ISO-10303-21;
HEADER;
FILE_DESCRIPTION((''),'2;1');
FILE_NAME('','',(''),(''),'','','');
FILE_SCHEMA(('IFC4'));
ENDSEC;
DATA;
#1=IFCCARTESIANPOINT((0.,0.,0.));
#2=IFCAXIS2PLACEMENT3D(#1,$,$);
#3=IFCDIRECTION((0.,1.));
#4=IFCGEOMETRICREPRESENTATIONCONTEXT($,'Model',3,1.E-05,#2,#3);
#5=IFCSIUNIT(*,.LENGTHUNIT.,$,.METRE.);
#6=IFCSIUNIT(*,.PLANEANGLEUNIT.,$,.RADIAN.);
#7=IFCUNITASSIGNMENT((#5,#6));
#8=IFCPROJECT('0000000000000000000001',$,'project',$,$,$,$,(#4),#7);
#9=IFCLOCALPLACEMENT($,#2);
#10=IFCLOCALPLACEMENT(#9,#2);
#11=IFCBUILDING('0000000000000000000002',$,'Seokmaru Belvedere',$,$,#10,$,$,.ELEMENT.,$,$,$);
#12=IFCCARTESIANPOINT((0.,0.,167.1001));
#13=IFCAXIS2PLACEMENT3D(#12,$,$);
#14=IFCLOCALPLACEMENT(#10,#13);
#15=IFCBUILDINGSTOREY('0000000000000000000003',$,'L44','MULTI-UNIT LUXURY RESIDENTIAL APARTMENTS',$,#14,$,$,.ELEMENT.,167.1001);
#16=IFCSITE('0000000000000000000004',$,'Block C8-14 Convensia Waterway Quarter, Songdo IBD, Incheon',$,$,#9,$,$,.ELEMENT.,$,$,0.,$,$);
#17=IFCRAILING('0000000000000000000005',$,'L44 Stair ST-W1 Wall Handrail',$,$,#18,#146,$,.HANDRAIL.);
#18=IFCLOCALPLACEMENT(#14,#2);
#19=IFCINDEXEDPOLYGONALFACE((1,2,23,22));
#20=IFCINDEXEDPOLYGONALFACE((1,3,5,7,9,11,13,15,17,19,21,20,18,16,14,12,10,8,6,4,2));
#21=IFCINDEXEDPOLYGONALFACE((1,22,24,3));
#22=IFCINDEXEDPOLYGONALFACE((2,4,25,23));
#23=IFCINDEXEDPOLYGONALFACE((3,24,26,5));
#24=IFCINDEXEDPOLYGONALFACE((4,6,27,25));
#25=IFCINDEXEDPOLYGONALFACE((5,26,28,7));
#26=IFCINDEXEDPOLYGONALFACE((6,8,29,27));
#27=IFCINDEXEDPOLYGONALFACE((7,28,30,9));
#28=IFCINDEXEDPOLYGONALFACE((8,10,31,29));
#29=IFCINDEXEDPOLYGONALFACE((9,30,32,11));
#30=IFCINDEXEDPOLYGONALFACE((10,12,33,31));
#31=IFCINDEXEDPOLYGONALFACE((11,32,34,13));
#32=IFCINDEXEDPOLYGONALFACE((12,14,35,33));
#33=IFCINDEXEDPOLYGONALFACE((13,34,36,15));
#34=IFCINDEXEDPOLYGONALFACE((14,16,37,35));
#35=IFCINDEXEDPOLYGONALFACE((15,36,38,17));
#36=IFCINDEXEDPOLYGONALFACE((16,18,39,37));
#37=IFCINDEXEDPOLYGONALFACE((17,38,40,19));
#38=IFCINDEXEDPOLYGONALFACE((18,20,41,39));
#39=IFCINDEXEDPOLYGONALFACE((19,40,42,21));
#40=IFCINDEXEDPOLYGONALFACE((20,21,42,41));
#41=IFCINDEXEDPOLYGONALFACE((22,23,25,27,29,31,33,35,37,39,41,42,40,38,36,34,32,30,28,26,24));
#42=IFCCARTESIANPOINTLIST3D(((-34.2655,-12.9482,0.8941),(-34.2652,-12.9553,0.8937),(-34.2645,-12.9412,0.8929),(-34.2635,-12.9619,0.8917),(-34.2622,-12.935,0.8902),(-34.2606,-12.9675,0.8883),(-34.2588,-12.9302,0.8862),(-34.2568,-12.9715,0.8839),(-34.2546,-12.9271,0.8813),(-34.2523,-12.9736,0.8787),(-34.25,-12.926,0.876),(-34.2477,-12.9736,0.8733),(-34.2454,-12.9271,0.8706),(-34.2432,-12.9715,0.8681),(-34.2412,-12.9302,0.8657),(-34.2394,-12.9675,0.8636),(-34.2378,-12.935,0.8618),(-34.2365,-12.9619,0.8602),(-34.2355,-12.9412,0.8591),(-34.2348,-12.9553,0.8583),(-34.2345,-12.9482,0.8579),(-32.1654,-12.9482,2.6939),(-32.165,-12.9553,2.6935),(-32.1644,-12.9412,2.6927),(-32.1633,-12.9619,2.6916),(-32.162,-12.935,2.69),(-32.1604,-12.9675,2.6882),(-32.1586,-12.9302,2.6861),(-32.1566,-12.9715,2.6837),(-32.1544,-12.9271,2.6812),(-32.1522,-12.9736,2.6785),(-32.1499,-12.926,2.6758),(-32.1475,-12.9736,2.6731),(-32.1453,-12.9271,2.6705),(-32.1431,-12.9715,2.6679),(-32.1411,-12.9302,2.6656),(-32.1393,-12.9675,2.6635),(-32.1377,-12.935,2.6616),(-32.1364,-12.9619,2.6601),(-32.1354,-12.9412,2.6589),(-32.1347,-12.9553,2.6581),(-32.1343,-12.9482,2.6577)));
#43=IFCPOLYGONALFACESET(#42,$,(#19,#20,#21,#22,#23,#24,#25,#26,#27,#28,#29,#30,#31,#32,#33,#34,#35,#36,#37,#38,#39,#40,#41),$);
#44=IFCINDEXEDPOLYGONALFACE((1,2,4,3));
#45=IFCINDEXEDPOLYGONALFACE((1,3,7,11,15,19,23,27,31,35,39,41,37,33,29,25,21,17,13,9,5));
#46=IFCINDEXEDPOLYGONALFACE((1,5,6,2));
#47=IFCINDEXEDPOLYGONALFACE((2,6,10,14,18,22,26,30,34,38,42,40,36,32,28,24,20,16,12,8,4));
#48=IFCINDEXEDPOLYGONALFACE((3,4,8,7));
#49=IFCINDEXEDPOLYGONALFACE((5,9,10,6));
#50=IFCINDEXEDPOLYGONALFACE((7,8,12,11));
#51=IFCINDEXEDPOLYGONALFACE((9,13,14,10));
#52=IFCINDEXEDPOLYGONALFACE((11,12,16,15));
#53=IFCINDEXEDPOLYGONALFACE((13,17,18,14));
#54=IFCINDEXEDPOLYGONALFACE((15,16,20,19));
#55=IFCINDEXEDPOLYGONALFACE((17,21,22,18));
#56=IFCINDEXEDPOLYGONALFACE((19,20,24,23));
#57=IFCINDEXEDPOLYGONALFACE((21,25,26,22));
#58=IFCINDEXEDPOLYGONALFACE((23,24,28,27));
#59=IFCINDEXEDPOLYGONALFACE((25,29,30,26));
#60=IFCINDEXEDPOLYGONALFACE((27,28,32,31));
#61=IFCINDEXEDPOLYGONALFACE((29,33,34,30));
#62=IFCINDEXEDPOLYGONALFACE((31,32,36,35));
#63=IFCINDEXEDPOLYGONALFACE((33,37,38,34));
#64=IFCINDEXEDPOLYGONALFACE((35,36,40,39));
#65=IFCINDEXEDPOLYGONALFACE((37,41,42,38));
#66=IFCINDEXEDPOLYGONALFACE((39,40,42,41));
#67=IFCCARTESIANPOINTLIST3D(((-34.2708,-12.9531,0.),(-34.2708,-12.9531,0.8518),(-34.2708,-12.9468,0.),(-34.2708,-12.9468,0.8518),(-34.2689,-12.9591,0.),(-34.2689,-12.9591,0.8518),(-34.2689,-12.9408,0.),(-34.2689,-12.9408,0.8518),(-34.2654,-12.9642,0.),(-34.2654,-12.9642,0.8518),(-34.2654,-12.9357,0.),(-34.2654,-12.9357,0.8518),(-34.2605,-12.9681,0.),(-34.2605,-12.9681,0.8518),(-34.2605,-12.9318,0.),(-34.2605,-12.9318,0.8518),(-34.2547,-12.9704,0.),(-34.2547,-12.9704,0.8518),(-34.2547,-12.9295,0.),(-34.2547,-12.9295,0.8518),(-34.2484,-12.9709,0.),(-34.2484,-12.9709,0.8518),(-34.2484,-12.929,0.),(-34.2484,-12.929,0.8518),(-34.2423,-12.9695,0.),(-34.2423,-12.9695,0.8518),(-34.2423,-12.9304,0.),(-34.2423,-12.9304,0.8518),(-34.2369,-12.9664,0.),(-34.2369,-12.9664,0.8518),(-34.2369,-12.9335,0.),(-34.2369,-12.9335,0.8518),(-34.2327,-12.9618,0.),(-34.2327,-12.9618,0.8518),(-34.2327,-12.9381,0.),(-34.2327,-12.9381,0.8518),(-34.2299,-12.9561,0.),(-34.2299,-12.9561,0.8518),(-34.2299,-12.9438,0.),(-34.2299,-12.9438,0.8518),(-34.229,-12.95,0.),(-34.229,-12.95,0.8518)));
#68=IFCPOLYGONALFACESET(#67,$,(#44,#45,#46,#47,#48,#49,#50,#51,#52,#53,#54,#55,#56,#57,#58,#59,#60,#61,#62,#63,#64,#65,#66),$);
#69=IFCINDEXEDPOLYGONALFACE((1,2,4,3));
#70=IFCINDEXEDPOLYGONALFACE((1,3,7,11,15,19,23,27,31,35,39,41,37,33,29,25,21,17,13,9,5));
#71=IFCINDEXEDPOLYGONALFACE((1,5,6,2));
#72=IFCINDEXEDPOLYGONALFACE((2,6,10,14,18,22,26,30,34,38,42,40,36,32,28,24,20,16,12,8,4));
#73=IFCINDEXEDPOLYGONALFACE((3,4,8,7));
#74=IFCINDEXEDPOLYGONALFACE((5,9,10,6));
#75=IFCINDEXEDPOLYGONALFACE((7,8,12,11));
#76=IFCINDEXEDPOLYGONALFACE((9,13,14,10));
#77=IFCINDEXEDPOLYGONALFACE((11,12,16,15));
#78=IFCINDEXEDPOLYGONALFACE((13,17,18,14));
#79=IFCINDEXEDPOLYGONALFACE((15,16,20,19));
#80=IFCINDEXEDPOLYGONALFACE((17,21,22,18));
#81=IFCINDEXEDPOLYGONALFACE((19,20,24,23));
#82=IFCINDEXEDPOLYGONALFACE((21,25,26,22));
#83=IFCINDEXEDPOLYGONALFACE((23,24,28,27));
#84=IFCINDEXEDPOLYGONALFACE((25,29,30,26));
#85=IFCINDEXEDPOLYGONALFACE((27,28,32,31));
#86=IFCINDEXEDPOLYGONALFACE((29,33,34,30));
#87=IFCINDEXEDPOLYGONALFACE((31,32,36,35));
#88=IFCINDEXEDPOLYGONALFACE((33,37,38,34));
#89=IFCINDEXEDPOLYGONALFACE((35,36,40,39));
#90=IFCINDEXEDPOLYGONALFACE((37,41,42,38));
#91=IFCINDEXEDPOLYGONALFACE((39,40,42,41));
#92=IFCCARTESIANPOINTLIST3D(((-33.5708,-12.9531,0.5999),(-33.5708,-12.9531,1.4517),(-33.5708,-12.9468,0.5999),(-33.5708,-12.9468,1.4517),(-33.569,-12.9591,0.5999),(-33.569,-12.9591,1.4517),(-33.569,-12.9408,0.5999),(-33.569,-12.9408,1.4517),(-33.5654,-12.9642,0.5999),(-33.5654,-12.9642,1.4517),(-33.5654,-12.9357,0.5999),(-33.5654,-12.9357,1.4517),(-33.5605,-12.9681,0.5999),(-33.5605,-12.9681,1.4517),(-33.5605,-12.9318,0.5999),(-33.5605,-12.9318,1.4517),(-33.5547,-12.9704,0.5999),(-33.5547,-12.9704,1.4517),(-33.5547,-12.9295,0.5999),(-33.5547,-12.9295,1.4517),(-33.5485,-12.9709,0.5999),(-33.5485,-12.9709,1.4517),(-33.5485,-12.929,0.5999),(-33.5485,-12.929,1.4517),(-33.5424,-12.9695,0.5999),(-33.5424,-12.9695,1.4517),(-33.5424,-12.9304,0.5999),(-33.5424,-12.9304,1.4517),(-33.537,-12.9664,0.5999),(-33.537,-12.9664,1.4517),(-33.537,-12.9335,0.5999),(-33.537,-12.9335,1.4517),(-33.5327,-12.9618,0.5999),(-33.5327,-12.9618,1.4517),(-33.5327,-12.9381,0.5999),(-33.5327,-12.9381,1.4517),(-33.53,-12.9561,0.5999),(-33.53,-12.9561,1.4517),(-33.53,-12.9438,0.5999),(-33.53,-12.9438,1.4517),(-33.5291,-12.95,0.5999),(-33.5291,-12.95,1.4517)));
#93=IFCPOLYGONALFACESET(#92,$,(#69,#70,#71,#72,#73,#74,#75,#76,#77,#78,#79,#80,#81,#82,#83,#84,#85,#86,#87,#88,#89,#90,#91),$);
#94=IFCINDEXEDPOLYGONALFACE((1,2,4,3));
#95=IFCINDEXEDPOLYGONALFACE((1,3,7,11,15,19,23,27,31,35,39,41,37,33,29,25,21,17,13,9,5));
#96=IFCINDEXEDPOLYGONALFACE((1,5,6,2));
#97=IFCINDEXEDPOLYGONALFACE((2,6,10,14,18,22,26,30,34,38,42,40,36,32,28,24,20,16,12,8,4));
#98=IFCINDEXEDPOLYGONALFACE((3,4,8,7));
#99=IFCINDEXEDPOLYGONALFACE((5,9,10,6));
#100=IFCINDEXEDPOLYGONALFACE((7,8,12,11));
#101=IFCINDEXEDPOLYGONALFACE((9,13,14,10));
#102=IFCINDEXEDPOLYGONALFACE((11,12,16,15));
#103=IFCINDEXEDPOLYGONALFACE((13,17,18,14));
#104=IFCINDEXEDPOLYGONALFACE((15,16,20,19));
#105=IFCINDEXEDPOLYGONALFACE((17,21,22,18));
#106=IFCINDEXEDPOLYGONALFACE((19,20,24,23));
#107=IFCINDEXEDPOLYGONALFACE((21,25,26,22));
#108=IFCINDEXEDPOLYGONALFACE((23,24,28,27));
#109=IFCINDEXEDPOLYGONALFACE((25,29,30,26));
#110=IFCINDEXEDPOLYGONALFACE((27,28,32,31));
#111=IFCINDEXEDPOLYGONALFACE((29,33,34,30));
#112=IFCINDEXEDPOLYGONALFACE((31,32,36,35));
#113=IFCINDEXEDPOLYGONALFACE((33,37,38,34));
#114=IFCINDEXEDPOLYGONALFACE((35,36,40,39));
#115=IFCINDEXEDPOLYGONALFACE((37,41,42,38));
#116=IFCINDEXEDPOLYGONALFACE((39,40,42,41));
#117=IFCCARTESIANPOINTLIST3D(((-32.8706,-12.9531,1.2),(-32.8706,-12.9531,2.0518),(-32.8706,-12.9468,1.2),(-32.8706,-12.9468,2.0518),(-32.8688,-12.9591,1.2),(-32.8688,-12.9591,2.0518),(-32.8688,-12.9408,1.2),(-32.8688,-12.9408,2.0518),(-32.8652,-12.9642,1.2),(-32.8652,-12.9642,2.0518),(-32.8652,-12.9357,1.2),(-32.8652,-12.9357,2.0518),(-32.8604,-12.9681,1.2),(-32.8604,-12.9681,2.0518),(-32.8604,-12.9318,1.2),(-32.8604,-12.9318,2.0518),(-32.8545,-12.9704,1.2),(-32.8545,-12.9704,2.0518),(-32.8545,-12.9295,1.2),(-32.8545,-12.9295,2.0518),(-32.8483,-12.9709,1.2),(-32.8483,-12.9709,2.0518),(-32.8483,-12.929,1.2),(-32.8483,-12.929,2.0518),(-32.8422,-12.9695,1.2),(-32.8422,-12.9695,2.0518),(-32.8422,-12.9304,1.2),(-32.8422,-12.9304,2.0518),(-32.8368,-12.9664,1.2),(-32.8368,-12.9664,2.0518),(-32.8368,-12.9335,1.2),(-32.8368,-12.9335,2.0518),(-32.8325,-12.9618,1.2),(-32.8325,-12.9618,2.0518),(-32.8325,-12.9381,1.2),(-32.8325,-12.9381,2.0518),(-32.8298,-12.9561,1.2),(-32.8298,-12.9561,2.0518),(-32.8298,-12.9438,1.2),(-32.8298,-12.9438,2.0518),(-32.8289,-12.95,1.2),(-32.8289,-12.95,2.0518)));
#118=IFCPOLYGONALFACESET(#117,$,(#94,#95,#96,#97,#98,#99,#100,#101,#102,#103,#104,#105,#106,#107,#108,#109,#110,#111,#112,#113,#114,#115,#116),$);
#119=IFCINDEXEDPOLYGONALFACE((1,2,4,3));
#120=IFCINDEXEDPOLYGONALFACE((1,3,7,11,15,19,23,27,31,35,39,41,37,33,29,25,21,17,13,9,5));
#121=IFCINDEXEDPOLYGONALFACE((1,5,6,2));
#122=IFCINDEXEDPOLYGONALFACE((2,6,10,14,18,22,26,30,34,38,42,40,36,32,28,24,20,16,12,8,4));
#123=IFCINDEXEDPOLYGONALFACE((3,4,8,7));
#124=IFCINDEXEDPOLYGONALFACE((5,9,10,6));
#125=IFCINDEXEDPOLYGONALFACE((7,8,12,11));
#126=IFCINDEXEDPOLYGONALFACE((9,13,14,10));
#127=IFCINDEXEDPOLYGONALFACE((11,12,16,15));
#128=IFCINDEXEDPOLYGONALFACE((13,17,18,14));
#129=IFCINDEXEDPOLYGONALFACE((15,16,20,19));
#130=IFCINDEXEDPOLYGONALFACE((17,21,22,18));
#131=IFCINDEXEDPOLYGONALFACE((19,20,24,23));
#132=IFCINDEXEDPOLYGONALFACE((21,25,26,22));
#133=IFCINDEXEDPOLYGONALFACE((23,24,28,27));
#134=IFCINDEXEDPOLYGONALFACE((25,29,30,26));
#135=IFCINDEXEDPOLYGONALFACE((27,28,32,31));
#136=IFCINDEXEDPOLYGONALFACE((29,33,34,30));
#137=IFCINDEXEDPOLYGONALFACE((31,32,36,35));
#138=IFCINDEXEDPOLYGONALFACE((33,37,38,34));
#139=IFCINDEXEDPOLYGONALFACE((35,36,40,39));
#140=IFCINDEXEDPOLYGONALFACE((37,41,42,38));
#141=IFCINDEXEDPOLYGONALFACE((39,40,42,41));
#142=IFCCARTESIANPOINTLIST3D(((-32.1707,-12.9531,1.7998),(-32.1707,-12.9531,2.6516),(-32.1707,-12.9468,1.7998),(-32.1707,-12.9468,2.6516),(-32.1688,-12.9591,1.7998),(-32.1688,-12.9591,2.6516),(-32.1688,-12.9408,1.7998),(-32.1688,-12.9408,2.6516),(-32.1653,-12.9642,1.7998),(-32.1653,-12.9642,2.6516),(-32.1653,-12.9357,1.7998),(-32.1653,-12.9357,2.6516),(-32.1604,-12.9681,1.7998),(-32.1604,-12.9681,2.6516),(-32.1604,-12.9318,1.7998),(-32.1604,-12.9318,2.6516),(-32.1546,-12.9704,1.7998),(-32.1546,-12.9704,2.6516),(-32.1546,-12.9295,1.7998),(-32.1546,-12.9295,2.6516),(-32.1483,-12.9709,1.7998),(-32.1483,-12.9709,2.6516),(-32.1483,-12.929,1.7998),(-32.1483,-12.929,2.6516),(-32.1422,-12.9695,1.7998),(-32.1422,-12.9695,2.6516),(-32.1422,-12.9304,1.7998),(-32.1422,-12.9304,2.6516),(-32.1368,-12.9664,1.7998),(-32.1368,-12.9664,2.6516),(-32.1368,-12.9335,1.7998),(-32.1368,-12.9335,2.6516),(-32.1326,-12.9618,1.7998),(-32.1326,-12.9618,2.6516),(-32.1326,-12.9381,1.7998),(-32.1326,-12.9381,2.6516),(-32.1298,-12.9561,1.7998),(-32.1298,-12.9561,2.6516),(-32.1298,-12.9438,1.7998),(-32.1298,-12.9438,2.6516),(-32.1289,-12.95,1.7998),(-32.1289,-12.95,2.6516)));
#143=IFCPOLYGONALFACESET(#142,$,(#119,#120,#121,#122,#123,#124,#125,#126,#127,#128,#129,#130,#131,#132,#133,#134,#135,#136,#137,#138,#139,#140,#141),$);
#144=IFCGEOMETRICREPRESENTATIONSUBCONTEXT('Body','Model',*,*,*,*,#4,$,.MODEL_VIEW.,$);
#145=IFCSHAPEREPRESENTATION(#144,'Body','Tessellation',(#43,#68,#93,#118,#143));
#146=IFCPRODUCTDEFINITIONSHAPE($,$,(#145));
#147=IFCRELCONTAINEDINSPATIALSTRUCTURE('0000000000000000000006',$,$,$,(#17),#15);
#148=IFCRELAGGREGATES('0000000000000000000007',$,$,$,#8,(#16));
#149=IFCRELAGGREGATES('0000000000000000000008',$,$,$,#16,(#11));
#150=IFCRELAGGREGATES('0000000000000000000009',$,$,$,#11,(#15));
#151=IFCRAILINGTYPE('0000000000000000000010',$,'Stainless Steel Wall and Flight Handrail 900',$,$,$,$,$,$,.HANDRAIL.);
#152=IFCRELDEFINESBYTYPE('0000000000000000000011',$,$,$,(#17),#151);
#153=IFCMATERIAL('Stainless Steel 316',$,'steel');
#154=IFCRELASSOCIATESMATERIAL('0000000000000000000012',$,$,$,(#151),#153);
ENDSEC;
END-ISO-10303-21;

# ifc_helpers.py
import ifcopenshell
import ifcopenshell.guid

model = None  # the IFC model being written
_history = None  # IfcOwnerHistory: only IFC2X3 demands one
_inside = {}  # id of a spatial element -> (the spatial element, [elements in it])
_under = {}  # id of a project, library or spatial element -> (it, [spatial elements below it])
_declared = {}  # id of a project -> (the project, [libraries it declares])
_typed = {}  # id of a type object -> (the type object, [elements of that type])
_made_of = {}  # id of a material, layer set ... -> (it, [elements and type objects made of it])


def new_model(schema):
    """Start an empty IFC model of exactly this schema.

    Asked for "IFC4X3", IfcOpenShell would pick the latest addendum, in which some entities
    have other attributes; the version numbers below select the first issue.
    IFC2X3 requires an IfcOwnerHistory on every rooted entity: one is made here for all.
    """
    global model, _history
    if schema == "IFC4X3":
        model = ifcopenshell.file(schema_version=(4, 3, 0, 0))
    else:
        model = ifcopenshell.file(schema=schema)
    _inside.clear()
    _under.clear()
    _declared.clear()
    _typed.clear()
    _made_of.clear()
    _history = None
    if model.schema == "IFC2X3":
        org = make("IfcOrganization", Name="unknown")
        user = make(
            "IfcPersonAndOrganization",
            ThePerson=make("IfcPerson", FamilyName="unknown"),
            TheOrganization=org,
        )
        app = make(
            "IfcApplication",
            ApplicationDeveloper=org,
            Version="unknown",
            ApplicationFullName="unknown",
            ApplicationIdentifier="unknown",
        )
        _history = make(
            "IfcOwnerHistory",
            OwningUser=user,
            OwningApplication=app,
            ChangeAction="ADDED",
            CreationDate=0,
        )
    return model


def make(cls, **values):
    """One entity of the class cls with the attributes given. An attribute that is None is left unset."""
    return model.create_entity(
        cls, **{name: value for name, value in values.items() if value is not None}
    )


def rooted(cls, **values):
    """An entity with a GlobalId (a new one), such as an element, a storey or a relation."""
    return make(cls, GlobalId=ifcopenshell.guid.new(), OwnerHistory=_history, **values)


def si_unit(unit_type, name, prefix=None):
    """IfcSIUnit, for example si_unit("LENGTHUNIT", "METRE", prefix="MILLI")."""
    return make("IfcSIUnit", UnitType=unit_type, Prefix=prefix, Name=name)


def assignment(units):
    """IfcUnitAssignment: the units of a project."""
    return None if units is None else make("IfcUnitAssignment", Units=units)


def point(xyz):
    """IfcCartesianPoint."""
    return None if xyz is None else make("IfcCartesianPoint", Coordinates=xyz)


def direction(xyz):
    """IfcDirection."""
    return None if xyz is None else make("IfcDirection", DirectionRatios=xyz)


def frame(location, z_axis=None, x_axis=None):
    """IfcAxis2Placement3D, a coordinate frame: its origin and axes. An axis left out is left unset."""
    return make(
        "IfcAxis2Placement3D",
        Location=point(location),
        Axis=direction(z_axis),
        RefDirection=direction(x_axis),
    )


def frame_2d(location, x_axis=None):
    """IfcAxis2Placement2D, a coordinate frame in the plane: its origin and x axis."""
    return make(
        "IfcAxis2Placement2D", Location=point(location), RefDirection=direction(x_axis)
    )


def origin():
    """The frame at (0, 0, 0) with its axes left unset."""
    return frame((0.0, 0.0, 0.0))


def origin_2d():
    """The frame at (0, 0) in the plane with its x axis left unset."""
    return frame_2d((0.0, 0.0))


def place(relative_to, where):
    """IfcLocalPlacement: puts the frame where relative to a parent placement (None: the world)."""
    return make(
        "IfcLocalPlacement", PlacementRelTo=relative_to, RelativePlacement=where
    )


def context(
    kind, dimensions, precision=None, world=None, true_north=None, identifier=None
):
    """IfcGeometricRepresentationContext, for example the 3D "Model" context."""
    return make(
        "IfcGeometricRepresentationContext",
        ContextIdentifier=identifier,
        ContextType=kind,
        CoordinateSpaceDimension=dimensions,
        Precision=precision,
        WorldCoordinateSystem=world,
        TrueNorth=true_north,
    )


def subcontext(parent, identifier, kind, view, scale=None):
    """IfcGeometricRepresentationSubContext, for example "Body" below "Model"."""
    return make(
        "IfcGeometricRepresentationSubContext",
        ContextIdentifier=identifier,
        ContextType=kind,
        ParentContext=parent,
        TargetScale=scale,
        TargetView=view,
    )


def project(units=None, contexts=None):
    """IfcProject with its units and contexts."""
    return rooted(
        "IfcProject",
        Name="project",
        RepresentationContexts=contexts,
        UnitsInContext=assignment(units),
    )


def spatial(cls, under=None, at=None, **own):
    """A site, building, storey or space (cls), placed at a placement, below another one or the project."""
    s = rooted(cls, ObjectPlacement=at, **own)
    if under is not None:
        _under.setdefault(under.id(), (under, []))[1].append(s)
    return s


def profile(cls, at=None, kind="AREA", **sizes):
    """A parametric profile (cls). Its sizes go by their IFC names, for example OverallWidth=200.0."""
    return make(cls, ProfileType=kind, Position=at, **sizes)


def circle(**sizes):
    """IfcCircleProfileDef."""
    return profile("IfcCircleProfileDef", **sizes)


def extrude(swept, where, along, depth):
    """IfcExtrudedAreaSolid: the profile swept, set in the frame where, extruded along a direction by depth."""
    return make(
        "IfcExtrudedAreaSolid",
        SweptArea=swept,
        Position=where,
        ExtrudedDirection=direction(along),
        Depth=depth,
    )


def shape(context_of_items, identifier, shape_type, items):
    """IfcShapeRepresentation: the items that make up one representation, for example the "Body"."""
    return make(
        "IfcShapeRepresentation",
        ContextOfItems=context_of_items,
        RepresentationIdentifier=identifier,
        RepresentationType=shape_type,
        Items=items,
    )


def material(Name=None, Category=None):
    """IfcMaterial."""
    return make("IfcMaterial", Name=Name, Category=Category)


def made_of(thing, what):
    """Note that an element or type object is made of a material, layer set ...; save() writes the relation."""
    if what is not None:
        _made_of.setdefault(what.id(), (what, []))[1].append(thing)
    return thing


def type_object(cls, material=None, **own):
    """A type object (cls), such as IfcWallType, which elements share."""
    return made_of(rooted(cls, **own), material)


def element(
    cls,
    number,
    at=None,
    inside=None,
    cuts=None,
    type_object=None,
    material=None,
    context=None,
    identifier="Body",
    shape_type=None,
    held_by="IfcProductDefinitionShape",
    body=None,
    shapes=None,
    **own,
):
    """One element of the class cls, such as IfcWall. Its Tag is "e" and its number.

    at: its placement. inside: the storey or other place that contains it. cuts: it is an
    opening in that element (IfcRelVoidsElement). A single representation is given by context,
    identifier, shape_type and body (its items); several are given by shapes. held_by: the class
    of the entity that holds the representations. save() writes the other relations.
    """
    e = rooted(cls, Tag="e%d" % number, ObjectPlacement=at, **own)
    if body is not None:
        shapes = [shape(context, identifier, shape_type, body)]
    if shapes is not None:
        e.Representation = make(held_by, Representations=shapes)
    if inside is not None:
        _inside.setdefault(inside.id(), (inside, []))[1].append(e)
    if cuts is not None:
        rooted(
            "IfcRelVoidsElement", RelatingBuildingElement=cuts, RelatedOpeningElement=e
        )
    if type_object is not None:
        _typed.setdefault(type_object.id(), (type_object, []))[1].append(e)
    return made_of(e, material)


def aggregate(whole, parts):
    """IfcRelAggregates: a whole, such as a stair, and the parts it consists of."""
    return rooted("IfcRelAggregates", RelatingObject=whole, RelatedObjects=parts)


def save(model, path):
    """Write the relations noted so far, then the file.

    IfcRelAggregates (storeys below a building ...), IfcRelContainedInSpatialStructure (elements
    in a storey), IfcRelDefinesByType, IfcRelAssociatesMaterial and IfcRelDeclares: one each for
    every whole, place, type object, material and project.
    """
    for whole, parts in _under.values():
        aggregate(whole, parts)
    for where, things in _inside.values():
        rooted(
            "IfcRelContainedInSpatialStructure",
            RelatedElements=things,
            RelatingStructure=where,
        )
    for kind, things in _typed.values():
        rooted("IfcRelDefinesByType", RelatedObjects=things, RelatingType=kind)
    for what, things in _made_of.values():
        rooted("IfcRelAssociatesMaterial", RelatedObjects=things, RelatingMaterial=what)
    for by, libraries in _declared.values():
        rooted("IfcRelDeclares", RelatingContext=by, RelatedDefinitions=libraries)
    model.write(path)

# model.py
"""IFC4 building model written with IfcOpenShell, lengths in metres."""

from ifc_helpers import new_model, si_unit, direction, frame, origin, origin_2d, place, context, subcontext, project, spatial, circle, extrude, material, type_object, element, save


model = new_model("IFC4")

# Units and contexts
model_context = context("Model", 3, precision=1e-05, world=origin(), true_north=direction((0.0, 1.0)))
body_context = subcontext(model_context, "Body", "Model", "MODEL_VIEW")
ifc_project = project(units=[si_unit("LENGTHUNIT", "METRE"), si_unit("PLANEANGLEUNIT", "RADIAN")], contexts=[model_context])

# Site, building, storey
site_placement = place(None, origin())
site = spatial("IfcSite", under=ifc_project, at=site_placement, Name="Block C8-14 Convensia Waterway Quarter, Songdo IBD, Incheon", CompositionType="ELEMENT", RefElevation=0.0)
building_placement = place(site_placement, origin())
building = spatial("IfcBuilding", under=site, at=building_placement, Name="Seokmaru Belvedere", CompositionType="ELEMENT")
storey_placement = place(building_placement, frame((0.0, 0.0, 167.1001)))
storey = spatial("IfcBuildingStorey", under=building, at=storey_placement, Name="L44", Description="MULTI-UNIT LUXURY RESIDENTIAL APARTMENTS", CompositionType="ELEMENT", Elevation=167.1001)

# Shared definitions
ifc_material_1 = material(Name="Stainless Steel 316", Category="steel")

# Railing
railing_type_1 = type_object("IfcRailingType", Name="Stainless Steel Wall and Flight Handrail 900", PredefinedType="HANDRAIL", material=ifc_material_1)
railing_1_placement = place(storey_placement, frame((-34.25, -12.95, 0.0)))
element("IfcRailing", 1, at=railing_1_placement, inside=storey, type_object=railing_type_1, Name="L44 Stair ST-W1 Wall Handrail", PredefinedType="HANDRAIL", context=body_context, shape_type="SweptSolid", body=[
    extrude(circle(Radius=0.0239, at=origin_2d()), frame((0.0, 0.0, 0.876), z_axis=(0.759306, 0.0, 0.650733), x_axis=(0.0, 1.0, 0.0)), (0.0, 0.0, 1.0), 2.7659),
    extrude(circle(Radius=0.021, at=origin_2d()), origin(), (0.0, 0.0, 1.0), 0.8518),
    extrude(circle(Radius=0.021, at=origin_2d()), frame((0.7, 0.0, 0.5999)), (0.0, 0.0, 1.0), 0.8518),
    extrude(circle(Radius=0.021, at=origin_2d()), frame((1.4001, 0.0, 1.2)), (0.0, 0.0, 1.0), 0.8518),
    extrude(circle(Radius=0.021, at=origin_2d()), frame((2.1001, 0.0, 1.7998)), (0.0, 0.0, 1.0), 0.8518),
])

save(model, "model.ifc")
